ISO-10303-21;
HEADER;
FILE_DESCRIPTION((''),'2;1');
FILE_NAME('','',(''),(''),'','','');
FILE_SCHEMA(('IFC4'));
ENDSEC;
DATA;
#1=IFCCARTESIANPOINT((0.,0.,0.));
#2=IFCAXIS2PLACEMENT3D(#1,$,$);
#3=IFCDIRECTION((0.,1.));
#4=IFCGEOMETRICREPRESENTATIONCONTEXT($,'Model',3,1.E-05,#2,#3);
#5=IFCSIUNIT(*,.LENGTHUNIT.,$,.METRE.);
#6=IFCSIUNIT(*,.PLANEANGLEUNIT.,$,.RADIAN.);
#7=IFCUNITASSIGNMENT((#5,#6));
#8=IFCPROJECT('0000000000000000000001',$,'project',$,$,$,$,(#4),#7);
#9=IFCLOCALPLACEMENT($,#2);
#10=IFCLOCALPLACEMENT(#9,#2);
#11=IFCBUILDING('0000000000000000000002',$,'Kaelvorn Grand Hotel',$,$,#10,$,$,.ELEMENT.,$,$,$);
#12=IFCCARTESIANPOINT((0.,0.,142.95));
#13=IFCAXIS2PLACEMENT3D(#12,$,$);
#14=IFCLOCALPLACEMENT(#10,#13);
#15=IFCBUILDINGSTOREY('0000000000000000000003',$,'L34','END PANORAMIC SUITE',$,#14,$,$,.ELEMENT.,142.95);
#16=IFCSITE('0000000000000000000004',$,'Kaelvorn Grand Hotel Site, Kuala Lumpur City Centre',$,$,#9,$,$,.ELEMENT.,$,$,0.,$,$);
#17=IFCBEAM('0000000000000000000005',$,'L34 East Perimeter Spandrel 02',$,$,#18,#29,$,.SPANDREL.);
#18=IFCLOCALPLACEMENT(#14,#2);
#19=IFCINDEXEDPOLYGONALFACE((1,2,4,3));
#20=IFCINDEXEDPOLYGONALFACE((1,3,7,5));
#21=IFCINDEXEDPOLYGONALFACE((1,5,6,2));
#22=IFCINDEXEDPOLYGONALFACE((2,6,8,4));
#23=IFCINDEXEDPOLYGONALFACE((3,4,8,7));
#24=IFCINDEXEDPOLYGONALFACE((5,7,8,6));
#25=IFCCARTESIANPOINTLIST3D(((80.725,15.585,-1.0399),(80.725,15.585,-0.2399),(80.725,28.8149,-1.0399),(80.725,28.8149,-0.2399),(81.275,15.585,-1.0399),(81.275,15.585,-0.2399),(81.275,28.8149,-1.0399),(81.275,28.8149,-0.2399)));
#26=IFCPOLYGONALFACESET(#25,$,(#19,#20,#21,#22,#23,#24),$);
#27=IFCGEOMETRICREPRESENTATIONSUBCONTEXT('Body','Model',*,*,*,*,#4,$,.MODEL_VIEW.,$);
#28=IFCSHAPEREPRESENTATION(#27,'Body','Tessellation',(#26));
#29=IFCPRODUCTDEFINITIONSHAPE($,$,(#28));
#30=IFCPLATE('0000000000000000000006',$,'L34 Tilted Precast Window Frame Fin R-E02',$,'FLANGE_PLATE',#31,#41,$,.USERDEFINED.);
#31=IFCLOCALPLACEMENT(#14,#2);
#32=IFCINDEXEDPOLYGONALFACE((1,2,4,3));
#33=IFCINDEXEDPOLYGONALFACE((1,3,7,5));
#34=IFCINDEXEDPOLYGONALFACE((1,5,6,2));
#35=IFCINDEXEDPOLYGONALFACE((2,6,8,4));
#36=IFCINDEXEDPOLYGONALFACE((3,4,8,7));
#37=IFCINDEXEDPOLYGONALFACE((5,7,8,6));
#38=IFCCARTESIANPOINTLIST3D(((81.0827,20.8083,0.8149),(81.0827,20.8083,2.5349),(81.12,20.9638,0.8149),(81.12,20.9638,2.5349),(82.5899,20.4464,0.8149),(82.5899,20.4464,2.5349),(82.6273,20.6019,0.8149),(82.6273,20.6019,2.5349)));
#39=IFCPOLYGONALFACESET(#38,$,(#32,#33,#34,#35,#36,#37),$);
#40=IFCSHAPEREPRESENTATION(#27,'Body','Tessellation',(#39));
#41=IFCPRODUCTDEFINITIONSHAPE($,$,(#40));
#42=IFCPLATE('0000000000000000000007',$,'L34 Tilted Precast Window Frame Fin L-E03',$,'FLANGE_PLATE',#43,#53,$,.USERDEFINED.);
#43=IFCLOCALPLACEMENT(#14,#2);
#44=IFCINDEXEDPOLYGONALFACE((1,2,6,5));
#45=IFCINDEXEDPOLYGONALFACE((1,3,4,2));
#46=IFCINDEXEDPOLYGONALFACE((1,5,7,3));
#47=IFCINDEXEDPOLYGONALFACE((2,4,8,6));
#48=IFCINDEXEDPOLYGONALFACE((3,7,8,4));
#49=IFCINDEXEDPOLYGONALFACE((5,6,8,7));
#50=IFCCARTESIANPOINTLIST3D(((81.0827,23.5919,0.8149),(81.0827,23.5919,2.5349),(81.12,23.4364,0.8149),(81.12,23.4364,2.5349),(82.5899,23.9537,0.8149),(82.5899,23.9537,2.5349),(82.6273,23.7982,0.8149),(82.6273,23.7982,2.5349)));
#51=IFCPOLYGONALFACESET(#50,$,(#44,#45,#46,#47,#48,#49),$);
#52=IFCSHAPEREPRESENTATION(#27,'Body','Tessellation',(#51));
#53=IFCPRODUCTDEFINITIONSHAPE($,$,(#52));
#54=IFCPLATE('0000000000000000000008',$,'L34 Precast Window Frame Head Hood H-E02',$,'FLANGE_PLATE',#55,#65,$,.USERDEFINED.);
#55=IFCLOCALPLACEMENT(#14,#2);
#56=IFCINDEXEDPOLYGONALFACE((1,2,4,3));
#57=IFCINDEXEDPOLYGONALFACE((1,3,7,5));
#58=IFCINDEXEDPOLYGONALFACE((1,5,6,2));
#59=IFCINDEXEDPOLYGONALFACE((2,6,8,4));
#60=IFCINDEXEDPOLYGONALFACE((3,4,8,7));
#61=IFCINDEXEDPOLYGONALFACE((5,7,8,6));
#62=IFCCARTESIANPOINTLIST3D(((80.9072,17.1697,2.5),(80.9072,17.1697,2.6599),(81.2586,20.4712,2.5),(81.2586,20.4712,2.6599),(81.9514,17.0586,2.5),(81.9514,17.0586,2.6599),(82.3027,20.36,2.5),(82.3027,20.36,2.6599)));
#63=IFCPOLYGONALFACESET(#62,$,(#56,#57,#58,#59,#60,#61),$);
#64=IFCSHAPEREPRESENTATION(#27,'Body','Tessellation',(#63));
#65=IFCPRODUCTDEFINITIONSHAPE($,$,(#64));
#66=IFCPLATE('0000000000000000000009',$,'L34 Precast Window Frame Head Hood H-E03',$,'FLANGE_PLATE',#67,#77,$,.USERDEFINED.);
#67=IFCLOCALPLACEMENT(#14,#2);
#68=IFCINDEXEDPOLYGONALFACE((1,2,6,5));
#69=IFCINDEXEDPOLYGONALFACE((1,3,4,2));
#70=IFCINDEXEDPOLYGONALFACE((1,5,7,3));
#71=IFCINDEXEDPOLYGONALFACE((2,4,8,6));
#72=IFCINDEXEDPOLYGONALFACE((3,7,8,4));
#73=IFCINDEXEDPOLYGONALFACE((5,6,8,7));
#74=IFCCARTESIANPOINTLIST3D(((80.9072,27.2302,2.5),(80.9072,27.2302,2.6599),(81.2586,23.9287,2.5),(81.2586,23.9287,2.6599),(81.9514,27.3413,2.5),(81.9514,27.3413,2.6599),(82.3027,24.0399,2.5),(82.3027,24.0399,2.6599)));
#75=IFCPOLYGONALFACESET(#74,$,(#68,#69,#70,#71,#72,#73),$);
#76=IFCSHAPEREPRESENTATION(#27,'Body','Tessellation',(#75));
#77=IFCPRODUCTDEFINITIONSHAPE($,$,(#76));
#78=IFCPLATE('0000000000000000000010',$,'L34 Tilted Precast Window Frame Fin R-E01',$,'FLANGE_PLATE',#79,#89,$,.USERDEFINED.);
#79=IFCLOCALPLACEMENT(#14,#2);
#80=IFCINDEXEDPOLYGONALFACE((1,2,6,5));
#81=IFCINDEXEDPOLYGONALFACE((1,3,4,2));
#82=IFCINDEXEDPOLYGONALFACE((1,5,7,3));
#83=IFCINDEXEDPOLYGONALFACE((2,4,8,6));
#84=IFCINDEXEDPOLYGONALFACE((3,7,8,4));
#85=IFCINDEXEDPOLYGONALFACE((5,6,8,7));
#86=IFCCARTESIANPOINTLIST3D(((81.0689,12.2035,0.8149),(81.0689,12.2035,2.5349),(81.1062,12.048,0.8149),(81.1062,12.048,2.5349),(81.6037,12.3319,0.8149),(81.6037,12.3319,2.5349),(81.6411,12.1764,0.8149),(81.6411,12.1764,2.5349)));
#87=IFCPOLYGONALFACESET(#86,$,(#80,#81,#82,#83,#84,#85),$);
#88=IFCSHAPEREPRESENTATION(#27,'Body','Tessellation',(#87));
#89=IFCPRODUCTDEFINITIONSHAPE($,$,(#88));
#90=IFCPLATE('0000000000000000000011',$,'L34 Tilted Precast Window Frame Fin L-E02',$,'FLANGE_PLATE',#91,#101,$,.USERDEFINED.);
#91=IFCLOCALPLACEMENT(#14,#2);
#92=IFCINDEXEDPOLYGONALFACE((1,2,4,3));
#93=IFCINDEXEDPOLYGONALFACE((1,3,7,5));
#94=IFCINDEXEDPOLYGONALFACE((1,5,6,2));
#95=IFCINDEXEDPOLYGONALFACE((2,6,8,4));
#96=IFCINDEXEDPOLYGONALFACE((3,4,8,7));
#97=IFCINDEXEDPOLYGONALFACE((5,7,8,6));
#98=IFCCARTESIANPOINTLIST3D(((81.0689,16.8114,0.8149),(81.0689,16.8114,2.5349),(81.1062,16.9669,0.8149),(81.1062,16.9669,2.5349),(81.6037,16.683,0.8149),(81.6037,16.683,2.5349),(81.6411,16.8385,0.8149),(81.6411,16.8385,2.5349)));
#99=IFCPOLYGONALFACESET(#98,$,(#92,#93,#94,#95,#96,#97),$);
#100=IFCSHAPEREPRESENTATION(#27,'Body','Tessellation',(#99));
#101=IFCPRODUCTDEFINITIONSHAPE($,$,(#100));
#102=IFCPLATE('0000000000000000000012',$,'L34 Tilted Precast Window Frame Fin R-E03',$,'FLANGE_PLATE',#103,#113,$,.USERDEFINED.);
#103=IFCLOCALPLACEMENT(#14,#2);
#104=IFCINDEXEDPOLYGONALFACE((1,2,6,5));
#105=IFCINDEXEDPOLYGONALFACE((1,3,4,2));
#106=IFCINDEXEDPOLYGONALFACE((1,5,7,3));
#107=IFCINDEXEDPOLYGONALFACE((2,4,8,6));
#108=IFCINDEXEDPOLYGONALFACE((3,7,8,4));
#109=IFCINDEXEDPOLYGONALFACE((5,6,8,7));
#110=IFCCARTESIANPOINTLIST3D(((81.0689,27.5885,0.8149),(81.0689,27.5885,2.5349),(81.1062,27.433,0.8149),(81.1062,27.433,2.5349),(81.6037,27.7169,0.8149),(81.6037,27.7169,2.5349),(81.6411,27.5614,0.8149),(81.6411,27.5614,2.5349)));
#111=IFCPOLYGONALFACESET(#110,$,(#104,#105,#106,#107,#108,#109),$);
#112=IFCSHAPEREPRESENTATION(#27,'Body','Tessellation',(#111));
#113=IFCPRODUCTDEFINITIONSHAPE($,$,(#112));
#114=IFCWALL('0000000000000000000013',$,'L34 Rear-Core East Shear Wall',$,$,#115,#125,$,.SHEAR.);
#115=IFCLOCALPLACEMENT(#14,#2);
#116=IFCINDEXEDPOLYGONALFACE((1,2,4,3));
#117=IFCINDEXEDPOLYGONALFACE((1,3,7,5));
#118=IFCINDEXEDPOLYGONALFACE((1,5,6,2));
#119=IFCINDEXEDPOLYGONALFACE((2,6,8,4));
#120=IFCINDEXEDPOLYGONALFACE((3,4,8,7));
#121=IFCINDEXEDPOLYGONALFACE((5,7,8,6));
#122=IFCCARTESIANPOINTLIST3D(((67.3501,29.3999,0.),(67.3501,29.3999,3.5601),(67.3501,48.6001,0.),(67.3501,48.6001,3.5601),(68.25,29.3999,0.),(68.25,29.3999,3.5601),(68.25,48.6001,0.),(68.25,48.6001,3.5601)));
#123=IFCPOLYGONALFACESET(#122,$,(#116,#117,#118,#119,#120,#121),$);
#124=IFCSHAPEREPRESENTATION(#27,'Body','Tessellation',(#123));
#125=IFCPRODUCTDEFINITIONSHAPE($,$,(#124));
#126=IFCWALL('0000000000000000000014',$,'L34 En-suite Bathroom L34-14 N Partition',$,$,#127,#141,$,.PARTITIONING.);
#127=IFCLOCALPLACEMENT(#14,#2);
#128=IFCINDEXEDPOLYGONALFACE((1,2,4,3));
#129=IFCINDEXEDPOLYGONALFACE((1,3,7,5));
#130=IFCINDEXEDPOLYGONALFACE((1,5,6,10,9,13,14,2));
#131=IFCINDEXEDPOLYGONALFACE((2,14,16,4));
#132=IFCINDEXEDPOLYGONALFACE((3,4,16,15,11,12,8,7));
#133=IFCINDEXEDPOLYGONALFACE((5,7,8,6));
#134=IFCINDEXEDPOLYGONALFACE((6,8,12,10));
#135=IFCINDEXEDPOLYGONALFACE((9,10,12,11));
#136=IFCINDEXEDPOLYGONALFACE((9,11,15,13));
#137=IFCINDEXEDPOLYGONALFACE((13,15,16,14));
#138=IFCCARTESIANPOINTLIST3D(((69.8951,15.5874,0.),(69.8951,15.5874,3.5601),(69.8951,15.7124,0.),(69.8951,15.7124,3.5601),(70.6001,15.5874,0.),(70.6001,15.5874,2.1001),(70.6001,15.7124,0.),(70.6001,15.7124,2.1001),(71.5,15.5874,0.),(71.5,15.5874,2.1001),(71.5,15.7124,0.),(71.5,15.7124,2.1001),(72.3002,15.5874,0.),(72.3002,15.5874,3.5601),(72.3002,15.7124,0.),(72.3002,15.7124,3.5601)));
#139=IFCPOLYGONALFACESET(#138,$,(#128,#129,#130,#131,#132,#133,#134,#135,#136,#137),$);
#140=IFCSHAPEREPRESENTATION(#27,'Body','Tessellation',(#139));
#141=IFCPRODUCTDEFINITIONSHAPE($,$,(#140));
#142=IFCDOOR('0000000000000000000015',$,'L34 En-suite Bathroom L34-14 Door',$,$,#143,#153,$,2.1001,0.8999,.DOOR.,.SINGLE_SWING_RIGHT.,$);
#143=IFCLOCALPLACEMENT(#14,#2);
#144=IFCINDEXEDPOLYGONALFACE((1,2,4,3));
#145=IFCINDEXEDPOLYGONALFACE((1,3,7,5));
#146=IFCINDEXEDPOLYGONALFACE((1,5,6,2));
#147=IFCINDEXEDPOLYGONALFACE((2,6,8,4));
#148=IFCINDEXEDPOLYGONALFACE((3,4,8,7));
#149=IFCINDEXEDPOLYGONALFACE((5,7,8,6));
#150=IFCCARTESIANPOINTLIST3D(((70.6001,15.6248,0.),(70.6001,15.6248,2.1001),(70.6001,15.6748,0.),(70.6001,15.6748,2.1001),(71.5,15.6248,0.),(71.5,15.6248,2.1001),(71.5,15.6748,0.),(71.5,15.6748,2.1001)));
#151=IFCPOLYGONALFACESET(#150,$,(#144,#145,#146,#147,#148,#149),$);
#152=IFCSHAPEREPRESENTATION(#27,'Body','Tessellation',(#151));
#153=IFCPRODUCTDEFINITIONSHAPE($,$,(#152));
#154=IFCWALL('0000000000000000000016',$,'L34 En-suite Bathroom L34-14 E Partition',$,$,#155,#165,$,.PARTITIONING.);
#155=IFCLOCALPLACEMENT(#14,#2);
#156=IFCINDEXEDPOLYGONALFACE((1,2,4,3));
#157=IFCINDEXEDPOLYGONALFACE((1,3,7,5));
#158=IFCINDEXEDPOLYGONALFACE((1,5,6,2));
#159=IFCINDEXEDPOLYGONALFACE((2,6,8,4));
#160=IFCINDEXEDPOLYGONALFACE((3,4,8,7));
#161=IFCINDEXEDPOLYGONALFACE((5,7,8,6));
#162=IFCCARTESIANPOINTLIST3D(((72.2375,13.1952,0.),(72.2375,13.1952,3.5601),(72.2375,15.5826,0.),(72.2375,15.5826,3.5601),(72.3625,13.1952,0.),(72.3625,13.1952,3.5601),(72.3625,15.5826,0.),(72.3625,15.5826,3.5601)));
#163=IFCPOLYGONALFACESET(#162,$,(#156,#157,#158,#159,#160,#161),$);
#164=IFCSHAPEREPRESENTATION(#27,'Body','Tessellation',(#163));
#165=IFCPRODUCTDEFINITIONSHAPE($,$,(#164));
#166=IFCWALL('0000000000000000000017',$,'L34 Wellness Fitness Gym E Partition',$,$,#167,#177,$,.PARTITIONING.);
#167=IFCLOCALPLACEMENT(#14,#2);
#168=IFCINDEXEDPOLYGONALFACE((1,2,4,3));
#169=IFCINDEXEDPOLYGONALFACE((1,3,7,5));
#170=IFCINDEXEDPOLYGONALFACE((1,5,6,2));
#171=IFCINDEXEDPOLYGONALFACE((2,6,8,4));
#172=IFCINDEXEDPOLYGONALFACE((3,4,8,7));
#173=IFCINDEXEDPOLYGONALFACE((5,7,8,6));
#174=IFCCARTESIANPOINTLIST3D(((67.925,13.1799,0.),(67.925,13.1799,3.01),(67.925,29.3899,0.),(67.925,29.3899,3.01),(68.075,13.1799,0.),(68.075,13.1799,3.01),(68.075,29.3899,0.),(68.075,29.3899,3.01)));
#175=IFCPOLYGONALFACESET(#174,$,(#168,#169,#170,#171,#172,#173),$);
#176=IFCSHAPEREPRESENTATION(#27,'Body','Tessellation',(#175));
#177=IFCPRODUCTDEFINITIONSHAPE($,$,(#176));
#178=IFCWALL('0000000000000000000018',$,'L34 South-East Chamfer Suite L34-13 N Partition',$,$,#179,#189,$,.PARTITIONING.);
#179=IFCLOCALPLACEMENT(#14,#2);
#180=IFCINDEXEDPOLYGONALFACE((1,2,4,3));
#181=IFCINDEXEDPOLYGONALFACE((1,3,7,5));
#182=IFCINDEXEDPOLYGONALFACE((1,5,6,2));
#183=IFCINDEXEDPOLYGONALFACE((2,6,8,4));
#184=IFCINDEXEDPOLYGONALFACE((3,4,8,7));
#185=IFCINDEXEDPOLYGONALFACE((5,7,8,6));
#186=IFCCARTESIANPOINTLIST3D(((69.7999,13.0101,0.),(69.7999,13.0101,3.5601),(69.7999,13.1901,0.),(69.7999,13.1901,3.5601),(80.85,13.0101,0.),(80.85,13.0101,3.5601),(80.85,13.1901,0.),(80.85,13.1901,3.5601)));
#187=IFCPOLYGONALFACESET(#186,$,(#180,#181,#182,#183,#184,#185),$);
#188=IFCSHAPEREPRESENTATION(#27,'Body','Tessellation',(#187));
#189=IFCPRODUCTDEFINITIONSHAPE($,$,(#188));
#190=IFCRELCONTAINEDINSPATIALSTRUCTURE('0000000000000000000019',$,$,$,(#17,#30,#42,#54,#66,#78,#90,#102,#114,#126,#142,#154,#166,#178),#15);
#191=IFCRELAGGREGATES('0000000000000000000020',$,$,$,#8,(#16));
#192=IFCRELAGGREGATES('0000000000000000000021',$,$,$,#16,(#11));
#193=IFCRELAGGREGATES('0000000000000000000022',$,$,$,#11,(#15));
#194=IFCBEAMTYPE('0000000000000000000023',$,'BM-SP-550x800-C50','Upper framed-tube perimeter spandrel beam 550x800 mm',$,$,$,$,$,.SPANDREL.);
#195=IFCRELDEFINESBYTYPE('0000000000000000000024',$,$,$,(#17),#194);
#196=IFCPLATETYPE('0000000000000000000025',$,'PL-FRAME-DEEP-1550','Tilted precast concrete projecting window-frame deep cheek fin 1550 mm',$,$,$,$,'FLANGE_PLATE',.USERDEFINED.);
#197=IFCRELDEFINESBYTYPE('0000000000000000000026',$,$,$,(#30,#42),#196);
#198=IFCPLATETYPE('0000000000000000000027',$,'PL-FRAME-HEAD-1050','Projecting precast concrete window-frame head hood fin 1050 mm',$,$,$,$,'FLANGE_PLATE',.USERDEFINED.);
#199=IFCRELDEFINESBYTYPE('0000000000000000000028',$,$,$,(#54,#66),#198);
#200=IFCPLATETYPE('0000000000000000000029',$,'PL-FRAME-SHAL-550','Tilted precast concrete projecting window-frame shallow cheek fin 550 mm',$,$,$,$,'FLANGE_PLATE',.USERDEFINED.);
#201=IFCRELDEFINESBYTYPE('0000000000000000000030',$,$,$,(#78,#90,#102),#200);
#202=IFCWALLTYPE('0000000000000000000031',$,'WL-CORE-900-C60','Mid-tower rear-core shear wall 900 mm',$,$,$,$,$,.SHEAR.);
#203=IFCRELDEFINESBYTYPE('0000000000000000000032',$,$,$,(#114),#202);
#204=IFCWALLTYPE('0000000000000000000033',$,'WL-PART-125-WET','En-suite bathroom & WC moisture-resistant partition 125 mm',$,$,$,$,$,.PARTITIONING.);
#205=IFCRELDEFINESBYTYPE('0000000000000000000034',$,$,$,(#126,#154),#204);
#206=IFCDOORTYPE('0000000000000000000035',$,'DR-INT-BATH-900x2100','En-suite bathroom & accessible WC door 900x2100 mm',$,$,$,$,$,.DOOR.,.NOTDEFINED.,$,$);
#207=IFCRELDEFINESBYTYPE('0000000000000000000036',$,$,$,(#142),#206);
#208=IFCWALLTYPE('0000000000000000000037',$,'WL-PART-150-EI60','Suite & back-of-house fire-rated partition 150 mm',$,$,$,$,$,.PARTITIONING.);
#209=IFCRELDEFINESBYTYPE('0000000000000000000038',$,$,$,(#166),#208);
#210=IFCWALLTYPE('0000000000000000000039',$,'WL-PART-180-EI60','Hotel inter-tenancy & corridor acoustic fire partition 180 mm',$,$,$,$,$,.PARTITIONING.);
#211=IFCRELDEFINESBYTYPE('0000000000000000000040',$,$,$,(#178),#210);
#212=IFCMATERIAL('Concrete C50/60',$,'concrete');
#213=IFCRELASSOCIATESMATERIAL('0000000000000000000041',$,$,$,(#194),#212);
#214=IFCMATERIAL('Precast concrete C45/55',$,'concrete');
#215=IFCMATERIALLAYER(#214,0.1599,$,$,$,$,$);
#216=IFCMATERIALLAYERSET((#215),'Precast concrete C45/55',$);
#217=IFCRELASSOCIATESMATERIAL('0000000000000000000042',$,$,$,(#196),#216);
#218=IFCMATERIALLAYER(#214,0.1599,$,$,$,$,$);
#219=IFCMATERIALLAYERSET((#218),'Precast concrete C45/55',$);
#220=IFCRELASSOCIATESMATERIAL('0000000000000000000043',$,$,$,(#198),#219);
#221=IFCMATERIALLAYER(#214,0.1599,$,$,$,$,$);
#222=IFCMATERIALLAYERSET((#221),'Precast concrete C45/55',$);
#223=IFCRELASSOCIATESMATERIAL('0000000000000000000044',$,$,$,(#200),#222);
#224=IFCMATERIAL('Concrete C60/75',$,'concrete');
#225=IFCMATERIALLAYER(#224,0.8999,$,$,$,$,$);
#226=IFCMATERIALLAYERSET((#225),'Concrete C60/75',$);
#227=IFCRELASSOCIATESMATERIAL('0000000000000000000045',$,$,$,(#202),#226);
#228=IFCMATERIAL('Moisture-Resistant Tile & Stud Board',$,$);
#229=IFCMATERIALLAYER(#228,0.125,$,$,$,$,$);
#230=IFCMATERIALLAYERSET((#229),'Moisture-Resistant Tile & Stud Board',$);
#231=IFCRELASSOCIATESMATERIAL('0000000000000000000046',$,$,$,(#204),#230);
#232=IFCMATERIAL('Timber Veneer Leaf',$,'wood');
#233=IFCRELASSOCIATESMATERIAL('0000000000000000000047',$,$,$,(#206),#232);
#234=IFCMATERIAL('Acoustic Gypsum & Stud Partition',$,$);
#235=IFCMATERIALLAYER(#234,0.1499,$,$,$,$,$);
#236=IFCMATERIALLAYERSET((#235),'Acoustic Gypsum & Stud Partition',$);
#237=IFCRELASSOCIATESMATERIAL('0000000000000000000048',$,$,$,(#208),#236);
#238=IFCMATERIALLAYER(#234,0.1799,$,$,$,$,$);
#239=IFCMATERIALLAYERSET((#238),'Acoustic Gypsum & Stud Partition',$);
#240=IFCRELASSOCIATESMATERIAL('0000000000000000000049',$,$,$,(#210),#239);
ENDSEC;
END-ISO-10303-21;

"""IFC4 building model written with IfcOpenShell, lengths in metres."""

from ifc_helpers import new_model, si_unit, direction, frame, frame_2d, origin, origin_2d, place, context, subcontext, project, spatial, rectangle, extrude, material, layer, layer_set, material_profile, profile_set, type_object, element, fill, save


model = new_model("IFC4")

# Units and contexts
model_context = context("Model", 3, precision=1e-05, world=origin(), true_north=direction((0.0, 1.0)))
body_context = subcontext(model_context, "Body", "Model", "MODEL_VIEW")
ifc_project = project(units=[si_unit("LENGTHUNIT", "METRE"), si_unit("PLANEANGLEUNIT", "RADIAN")], contexts=[model_context])

# Site, building, storey
site_placement = place(None, origin())
site = spatial("IfcSite", under=ifc_project, at=site_placement, Name="Kaelvorn Grand Hotel Site, Kuala Lumpur City Centre", CompositionType="ELEMENT", RefElevation=0.0)
building_placement = place(site_placement, origin())
building = spatial("IfcBuilding", under=site, at=building_placement, Name="Kaelvorn Grand Hotel", CompositionType="ELEMENT")
storey_placement = place(building_placement, frame((0.0, 0.0, 142.95)))
storey = spatial("IfcBuildingStorey", under=building, at=storey_placement, Name="L34", Description="END PANORAMIC SUITE", CompositionType="ELEMENT", Elevation=142.95)

# Shared definitions
ifc_material_1 = material(Name="Concrete C60/75", Category="concrete")

# Beam
ifc_material_2 = material(Name="Concrete C50/60", Category="concrete")
ifc_material_profile_1 = material_profile(ifc_material_2, rectangle(XDim=0.55, YDim=0.8, at=origin_2d()), Name="RC SPANDREL 550x800")
ifc_profile_set_1 = profile_set([ifc_material_profile_1], Name="Concrete C50/60")
beam_type_1 = type_object("IfcBeamType", Name="BM-SP-550x800-C50", Description="Upper framed-tube perimeter spandrel beam 550x800 mm", PredefinedType="SPANDREL", material=ifc_profile_set_1)
beam_1_placement = place(storey_placement, frame((81.0, 15.585, -0.6399), z_axis=(0.0, 1.0, 0.0), x_axis=(-1.0, 0.0, 0.0)))
element("IfcBeam", 1, at=beam_1_placement, inside=storey, type_object=beam_type_1, Name="L34 East Perimeter Spandrel 02", PredefinedType="SPANDREL", context=body_context, shape_type="SweptSolid", body=[
    extrude(rectangle(XDim=0.55, YDim=0.8, at=origin_2d()), origin(), (0.0, 0.0, 1.0), 13.23),
])

# Plates
ifc_material_3 = material(Name="Precast concrete C45/55", Category="concrete")
ifc_layer_1 = layer(ifc_material_3, 0.1599)
ifc_layer_set_1 = layer_set([ifc_layer_1], Name="Precast concrete C45/55")
plate_type_1 = type_object("IfcPlateType", Name="PL-FRAME-DEEP-1550", Description="Tilted precast concrete projecting window-frame deep cheek fin 1550 mm", ElementType="FLANGE_PLATE", PredefinedType="USERDEFINED", material=ifc_layer_set_1)
for number, where, z_axis, x_axis, name in (
    (2, (81.855, 20.7051, 0.8149), (0.0, 0.0, 1.0), (0.233445, 0.97237, 0.0), "L34 Tilted Precast Window Frame Fin R-E02"),
    (3, (81.855, 23.6951, 0.8149), (0.0, 0.0, 1.0), (-0.233445, 0.97237, 0.0), "L34 Tilted Precast Window Frame Fin L-E03"),
):
    element("IfcPlate", number, at=place(storey_placement, frame(where, z_axis=z_axis, x_axis=x_axis)), inside=storey, type_object=plate_type_1, Name=name, ObjectType="FLANGE_PLATE", PredefinedType="USERDEFINED", context=body_context, shape_type="SweptSolid", body=[
        extrude(rectangle(XDim=0.1599, YDim=1.55, at=origin_2d()), origin(), (0.0, 0.0, 1.0), 1.72),
    ])
ifc_layer_2 = layer(ifc_material_3, 0.1599)
ifc_layer_set_2 = layer_set([ifc_layer_2], Name="Precast concrete C45/55")
plate_type_2 = type_object("IfcPlateType", Name="PL-FRAME-HEAD-1050", Description="Projecting precast concrete window-frame head hood fin 1050 mm", ElementType="FLANGE_PLATE", PredefinedType="USERDEFINED", material=ifc_layer_set_2)
for number, where, z_axis, x_axis, name in (
    (4, (81.605, 18.7649, 2.5), (0.0, 0.0, 1.0), (0.10583, 0.994384, 0.0), "L34 Precast Window Frame Head Hood H-E02"),
    (5, (81.605, 25.635, 2.5), (0.0, 0.0, 1.0), (-0.10583, 0.994384, 0.0), "L34 Precast Window Frame Head Hood H-E03"),
):
    element("IfcPlate", number, at=place(storey_placement, frame(where, z_axis=z_axis, x_axis=x_axis)), inside=storey, type_object=plate_type_2, Name=name, ObjectType="FLANGE_PLATE", PredefinedType="USERDEFINED", context=body_context, shape_type="SweptSolid", body=[
        extrude(rectangle(XDim=3.3201, YDim=1.05, at=origin_2d()), origin(), (0.0, 0.0, 1.0), 0.1599),
    ])
ifc_layer_3 = layer(ifc_material_3, 0.1599)
ifc_layer_set_3 = layer_set([ifc_layer_3], Name="Precast concrete C45/55")
plate_type_3 = type_object("IfcPlateType", Name="PL-FRAME-SHAL-550", Description="Tilted precast concrete projecting window-frame shallow cheek fin 550 mm", ElementType="FLANGE_PLATE", PredefinedType="USERDEFINED", material=ifc_layer_set_3)
for number, where, z_axis, x_axis, name in (
    (6, (81.355, 12.1899, 0.8149), (0.0, 0.0, 1.0), (-0.233445, 0.97237, 0.0), "L34 Tilted Precast Window Frame Fin R-E01"),
    (7, (81.355, 16.825, 0.8149), (0.0, 0.0, 1.0), (0.233445, 0.97237, 0.0), "L34 Tilted Precast Window Frame Fin L-E02"),
    (8, (81.355, 27.575, 0.8149), (0.0, 0.0, 1.0), (-0.233445, 0.97237, 0.0), "L34 Tilted Precast Window Frame Fin R-E03"),
):
    element("IfcPlate", number, at=place(storey_placement, frame(where, z_axis=z_axis, x_axis=x_axis)), inside=storey, type_object=plate_type_3, Name=name, ObjectType="FLANGE_PLATE", PredefinedType="USERDEFINED", context=body_context, shape_type="SweptSolid", body=[
        extrude(rectangle(XDim=0.1599, YDim=0.55, at=origin_2d()), origin(), (0.0, 0.0, 1.0), 1.72),
    ])

# Wall
ifc_layer_4 = layer(ifc_material_1, 0.8999)
ifc_layer_set_4 = layer_set([ifc_layer_4], Name="Concrete C60/75")
wall_type_1 = type_object("IfcWallType", Name="WL-CORE-900-C60", Description="Mid-tower rear-core shear wall 900 mm", PredefinedType="SHEAR", material=ifc_layer_set_4)
wall_1_placement = place(storey_placement, frame((67.8, 29.3999, 0.0), z_axis=(0.0, 0.0, 1.0), x_axis=(0.0, 1.0, 0.0)))
element("IfcWall", 9, at=wall_1_placement, inside=storey, type_object=wall_type_1, Name="L34 Rear-Core East Shear Wall", PredefinedType="SHEAR", context=body_context, shape_type="SweptSolid", body=[
    extrude(rectangle(XDim=19.2002, YDim=0.8999, at=frame_2d((9.6001, 0.0))), origin(), (0.0, 0.0, 1.0), 3.5601),
])

# Wall, opening, door
ifc_material_4 = material(Name="Moisture-Resistant Tile & Stud Board")
ifc_layer_5 = layer(ifc_material_4, 0.125)
ifc_layer_set_5 = layer_set([ifc_layer_5], Name="Moisture-Resistant Tile & Stud Board")
wall_type_2 = type_object("IfcWallType", Name="WL-PART-125-WET", Description="En-suite bathroom & WC moisture-resistant partition 125 mm", PredefinedType="PARTITIONING", material=ifc_layer_set_5)
wall_2_placement = place(storey_placement, frame((69.895, 15.6499, 0.0), z_axis=(0.0, 0.0, 1.0), x_axis=(1.0, 0.0, 0.0)))
wall_2 = element("IfcWall", 10, at=wall_2_placement, inside=storey, type_object=wall_type_2, Name="L34 En-suite Bathroom L34-14 N Partition", PredefinedType="PARTITIONING", context=body_context, shape_type="SweptSolid", body=[
    extrude(rectangle(XDim=2.405, YDim=0.125, at=frame_2d((1.2026, 0.0))), origin(), (0.0, 0.0, 1.0), 3.5601),
])
opening_1_placement = place(wall_2_placement, frame((0.7051, 0.0, 0.0)))
opening_1 = element("IfcOpeningElement", 11, at=opening_1_placement, cuts=wall_2, PredefinedType="OPENING", context=body_context, shape_type="SweptSolid", body=[
    extrude(rectangle(XDim=0.8999, YDim=2.1001, at=frame_2d((0.45, 1.05))), frame((0.0, 0.0725, 0.0), z_axis=(0.0, -1.0, 0.0), x_axis=(1.0, 0.0, 0.0)), (0.0, 0.0, 1.0), 0.145),
])
ifc_material_5 = material(Name="Timber Veneer Leaf", Category="wood")
door_type_1 = type_object("IfcDoorType", Name="DR-INT-BATH-900x2100", Description="En-suite bathroom & accessible WC door 900x2100 mm", OperationType="NOTDEFINED", PredefinedType="DOOR", material=ifc_material_5)
door_1_placement = place(opening_1_placement, origin())
door_1 = element("IfcDoor", 12, at=door_1_placement, inside=storey, type_object=door_type_1, Name="L34 En-suite Bathroom L34-14 Door", OperationType="SINGLE_SWING_RIGHT", OverallHeight=2.1001, OverallWidth=0.8999, PredefinedType="DOOR", context=body_context, shape_type="SweptSolid", body=[
    extrude(rectangle(XDim=0.8999, YDim=2.1001, at=frame_2d((0.45, 1.05))), frame((0.0, 0.0249, 0.0), z_axis=(0.0, -1.0, 0.0), x_axis=(1.0, 0.0, 0.0)), (0.0, 0.0, 1.0), 0.05),
])
fill(opening_1, door_1)

# Walls
wall_3_placement = place(storey_placement, frame((72.3, 13.1951, 0.0), z_axis=(0.0, 0.0, 1.0), x_axis=(0.0, 1.0, 0.0)))
element("IfcWall", 13, at=wall_3_placement, inside=storey, type_object=wall_type_2, Name="L34 En-suite Bathroom L34-14 E Partition", PredefinedType="PARTITIONING", context=body_context, shape_type="SweptSolid", body=[
    extrude(rectangle(XDim=2.3875, YDim=0.125, at=frame_2d((1.1938, 0.0))), origin(), (0.0, 0.0, 1.0), 3.5601),
])
ifc_material_6 = material(Name="Acoustic Gypsum & Stud Partition")
ifc_layer_6 = layer(ifc_material_6, 0.1499)
ifc_layer_set_6 = layer_set([ifc_layer_6], Name="Acoustic Gypsum & Stud Partition")
wall_type_3 = type_object("IfcWallType", Name="WL-PART-150-EI60", Description="Suite & back-of-house fire-rated partition 150 mm", PredefinedType="PARTITIONING", material=ifc_layer_set_6)
wall_4_placement = place(storey_placement, frame((68.0, 13.1799, 0.0), z_axis=(0.0, 0.0, 1.0), x_axis=(0.0, 1.0, 0.0)))
element("IfcWall", 14, at=wall_4_placement, inside=storey, type_object=wall_type_3, Name="L34 Wellness Fitness Gym E Partition", PredefinedType="PARTITIONING", context=body_context, shape_type="SweptSolid", body=[
    extrude(rectangle(XDim=16.21, YDim=0.1499, at=frame_2d((8.105, 0.0))), origin(), (0.0, 0.0, 1.0), 3.01),
])
ifc_layer_7 = layer(ifc_material_6, 0.1799)
ifc_layer_set_7 = layer_set([ifc_layer_7], Name="Acoustic Gypsum & Stud Partition")
wall_type_4 = type_object("IfcWallType", Name="WL-PART-180-EI60", Description="Hotel inter-tenancy & corridor acoustic fire partition 180 mm", PredefinedType="PARTITIONING", material=ifc_layer_set_7)
wall_5_placement = place(storey_placement, frame((69.8, 13.1001, 0.0), z_axis=(0.0, 0.0, 1.0), x_axis=(1.0, 0.0, 0.0)))
element("IfcWall", 15, at=wall_5_placement, inside=storey, type_object=wall_type_4, Name="L34 South-East Chamfer Suite L34-13 N Partition", PredefinedType="PARTITIONING", context=body_context, shape_type="SweptSolid", body=[
    extrude(rectangle(XDim=11.05, YDim=0.1799, at=frame_2d((5.5249, 0.0))), origin(), (0.0, 0.0, 1.0), 3.5601),
])

save(model, "model.ifc")
